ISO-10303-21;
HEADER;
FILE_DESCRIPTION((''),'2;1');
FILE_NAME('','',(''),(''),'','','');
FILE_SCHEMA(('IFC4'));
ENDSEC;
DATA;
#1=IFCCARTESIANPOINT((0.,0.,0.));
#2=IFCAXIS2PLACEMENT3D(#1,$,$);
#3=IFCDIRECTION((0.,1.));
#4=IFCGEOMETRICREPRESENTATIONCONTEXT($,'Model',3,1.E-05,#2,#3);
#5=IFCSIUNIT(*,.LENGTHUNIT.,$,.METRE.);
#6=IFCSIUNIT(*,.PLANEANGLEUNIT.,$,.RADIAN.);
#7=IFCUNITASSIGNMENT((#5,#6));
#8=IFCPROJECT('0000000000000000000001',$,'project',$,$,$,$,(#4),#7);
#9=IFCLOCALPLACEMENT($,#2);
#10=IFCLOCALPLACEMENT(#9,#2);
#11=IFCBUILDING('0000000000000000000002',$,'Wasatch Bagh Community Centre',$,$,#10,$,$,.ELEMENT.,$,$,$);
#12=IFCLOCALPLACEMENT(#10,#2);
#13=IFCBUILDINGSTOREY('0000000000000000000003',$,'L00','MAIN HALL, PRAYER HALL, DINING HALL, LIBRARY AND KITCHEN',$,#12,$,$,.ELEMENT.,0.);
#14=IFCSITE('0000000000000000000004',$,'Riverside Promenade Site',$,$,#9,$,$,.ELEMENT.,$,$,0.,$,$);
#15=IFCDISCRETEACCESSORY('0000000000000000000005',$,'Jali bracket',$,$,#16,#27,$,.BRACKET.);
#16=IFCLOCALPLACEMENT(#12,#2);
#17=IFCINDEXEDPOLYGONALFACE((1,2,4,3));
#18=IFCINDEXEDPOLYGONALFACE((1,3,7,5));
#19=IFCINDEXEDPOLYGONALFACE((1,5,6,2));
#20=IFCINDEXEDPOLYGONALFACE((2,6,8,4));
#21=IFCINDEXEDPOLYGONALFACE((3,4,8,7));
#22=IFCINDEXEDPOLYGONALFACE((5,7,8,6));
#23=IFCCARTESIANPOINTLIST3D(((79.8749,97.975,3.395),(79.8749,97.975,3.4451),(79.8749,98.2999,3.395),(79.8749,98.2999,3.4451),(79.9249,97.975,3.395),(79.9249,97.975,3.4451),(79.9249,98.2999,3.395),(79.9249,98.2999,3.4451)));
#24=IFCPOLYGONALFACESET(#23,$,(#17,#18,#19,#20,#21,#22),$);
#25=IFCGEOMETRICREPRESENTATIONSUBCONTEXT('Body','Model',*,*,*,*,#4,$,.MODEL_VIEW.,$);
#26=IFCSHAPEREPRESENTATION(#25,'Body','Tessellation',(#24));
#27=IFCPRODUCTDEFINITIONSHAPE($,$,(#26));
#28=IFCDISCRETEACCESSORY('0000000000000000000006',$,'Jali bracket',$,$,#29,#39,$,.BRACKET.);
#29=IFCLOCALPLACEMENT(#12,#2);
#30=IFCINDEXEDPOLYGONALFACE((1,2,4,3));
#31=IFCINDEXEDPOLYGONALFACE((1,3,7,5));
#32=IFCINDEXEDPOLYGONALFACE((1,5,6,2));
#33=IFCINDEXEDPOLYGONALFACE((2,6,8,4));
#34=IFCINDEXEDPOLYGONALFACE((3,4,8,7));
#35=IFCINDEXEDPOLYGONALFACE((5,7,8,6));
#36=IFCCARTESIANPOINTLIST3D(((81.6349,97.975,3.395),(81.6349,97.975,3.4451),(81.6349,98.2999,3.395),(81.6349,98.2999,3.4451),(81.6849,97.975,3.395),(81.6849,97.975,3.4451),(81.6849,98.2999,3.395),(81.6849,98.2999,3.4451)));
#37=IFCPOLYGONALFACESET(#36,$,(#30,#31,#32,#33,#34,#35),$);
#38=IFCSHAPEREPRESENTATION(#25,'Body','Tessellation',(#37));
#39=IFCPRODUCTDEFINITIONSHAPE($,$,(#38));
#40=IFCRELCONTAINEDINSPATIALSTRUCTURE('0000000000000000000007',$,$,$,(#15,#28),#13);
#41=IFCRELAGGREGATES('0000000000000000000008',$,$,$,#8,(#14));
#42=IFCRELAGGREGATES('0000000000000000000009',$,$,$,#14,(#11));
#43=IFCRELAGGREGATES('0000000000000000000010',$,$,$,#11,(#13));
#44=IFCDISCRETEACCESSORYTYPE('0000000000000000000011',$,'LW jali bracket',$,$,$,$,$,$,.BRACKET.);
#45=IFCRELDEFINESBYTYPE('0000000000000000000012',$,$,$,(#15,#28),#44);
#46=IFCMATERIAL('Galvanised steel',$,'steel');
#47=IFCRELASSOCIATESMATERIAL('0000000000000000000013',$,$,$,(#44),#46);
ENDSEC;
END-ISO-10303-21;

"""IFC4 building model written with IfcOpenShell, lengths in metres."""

from ifc_helpers import new_model, si_unit, direction, frame, origin, origin_2d, place, context, subcontext, project, spatial, rectangle, extrude, material, type_object, element, save


model = new_model("IFC4")

# Units and contexts
model_context = context("Model", 3, precision=1e-05, world=origin(), true_north=direction((0.0, 1.0)))
body_context = subcontext(model_context, "Body", "Model", "MODEL_VIEW")
ifc_project = project(units=[si_unit("LENGTHUNIT", "METRE"), si_unit("PLANEANGLEUNIT", "RADIAN")], contexts=[model_context])

# Site, building, storey
site_placement = place(None, origin())
site = spatial("IfcSite", under=ifc_project, at=site_placement, Name="Riverside Promenade Site", CompositionType="ELEMENT", RefElevation=0.0)
building_placement = place(site_placement, origin())
building = spatial("IfcBuilding", under=site, at=building_placement, Name="Wasatch Bagh Community Centre", CompositionType="ELEMENT")
storey_placement = place(building_placement, origin())
storey = spatial("IfcBuildingStorey", under=building, at=storey_placement, Name="L00", Description="MAIN HALL, PRAYER HALL, DINING HALL, LIBRARY AND KITCHEN", CompositionType="ELEMENT", Elevation=0.0)

# Discrete accessories
ifc_material_1 = material(Name="Galvanised steel", Category="steel")
discrete_accessory_type = type_object("IfcDiscreteAccessoryType", Name="LW jali bracket", PredefinedType="BRACKET", material=ifc_material_1)
for number, where, z_axis, x_axis, name in (
    (1, (79.8999, 98.1375, 3.395), (0.0, 0.0, 1.0), (1.0, 0.0, 0.0), "Jali bracket"),
    (2, (81.6599, 98.1375, 3.395), (0.0, 0.0, 1.0), (1.0, 0.0, 0.0), "Jali bracket"),
):
    element("IfcDiscreteAccessory", number, at=place(storey_placement, frame(where, z_axis=z_axis, x_axis=x_axis)), inside=storey, type_object=discrete_accessory_type, Name=name, PredefinedType="BRACKET", context=body_context, shape_type="SweptSolid", body=[
        extrude(rectangle(XDim=0.05, YDim=0.325, at=origin_2d()), origin(), (0.0, 0.0, 1.0), 0.05),
    ])

save(model, "model.ifc")
